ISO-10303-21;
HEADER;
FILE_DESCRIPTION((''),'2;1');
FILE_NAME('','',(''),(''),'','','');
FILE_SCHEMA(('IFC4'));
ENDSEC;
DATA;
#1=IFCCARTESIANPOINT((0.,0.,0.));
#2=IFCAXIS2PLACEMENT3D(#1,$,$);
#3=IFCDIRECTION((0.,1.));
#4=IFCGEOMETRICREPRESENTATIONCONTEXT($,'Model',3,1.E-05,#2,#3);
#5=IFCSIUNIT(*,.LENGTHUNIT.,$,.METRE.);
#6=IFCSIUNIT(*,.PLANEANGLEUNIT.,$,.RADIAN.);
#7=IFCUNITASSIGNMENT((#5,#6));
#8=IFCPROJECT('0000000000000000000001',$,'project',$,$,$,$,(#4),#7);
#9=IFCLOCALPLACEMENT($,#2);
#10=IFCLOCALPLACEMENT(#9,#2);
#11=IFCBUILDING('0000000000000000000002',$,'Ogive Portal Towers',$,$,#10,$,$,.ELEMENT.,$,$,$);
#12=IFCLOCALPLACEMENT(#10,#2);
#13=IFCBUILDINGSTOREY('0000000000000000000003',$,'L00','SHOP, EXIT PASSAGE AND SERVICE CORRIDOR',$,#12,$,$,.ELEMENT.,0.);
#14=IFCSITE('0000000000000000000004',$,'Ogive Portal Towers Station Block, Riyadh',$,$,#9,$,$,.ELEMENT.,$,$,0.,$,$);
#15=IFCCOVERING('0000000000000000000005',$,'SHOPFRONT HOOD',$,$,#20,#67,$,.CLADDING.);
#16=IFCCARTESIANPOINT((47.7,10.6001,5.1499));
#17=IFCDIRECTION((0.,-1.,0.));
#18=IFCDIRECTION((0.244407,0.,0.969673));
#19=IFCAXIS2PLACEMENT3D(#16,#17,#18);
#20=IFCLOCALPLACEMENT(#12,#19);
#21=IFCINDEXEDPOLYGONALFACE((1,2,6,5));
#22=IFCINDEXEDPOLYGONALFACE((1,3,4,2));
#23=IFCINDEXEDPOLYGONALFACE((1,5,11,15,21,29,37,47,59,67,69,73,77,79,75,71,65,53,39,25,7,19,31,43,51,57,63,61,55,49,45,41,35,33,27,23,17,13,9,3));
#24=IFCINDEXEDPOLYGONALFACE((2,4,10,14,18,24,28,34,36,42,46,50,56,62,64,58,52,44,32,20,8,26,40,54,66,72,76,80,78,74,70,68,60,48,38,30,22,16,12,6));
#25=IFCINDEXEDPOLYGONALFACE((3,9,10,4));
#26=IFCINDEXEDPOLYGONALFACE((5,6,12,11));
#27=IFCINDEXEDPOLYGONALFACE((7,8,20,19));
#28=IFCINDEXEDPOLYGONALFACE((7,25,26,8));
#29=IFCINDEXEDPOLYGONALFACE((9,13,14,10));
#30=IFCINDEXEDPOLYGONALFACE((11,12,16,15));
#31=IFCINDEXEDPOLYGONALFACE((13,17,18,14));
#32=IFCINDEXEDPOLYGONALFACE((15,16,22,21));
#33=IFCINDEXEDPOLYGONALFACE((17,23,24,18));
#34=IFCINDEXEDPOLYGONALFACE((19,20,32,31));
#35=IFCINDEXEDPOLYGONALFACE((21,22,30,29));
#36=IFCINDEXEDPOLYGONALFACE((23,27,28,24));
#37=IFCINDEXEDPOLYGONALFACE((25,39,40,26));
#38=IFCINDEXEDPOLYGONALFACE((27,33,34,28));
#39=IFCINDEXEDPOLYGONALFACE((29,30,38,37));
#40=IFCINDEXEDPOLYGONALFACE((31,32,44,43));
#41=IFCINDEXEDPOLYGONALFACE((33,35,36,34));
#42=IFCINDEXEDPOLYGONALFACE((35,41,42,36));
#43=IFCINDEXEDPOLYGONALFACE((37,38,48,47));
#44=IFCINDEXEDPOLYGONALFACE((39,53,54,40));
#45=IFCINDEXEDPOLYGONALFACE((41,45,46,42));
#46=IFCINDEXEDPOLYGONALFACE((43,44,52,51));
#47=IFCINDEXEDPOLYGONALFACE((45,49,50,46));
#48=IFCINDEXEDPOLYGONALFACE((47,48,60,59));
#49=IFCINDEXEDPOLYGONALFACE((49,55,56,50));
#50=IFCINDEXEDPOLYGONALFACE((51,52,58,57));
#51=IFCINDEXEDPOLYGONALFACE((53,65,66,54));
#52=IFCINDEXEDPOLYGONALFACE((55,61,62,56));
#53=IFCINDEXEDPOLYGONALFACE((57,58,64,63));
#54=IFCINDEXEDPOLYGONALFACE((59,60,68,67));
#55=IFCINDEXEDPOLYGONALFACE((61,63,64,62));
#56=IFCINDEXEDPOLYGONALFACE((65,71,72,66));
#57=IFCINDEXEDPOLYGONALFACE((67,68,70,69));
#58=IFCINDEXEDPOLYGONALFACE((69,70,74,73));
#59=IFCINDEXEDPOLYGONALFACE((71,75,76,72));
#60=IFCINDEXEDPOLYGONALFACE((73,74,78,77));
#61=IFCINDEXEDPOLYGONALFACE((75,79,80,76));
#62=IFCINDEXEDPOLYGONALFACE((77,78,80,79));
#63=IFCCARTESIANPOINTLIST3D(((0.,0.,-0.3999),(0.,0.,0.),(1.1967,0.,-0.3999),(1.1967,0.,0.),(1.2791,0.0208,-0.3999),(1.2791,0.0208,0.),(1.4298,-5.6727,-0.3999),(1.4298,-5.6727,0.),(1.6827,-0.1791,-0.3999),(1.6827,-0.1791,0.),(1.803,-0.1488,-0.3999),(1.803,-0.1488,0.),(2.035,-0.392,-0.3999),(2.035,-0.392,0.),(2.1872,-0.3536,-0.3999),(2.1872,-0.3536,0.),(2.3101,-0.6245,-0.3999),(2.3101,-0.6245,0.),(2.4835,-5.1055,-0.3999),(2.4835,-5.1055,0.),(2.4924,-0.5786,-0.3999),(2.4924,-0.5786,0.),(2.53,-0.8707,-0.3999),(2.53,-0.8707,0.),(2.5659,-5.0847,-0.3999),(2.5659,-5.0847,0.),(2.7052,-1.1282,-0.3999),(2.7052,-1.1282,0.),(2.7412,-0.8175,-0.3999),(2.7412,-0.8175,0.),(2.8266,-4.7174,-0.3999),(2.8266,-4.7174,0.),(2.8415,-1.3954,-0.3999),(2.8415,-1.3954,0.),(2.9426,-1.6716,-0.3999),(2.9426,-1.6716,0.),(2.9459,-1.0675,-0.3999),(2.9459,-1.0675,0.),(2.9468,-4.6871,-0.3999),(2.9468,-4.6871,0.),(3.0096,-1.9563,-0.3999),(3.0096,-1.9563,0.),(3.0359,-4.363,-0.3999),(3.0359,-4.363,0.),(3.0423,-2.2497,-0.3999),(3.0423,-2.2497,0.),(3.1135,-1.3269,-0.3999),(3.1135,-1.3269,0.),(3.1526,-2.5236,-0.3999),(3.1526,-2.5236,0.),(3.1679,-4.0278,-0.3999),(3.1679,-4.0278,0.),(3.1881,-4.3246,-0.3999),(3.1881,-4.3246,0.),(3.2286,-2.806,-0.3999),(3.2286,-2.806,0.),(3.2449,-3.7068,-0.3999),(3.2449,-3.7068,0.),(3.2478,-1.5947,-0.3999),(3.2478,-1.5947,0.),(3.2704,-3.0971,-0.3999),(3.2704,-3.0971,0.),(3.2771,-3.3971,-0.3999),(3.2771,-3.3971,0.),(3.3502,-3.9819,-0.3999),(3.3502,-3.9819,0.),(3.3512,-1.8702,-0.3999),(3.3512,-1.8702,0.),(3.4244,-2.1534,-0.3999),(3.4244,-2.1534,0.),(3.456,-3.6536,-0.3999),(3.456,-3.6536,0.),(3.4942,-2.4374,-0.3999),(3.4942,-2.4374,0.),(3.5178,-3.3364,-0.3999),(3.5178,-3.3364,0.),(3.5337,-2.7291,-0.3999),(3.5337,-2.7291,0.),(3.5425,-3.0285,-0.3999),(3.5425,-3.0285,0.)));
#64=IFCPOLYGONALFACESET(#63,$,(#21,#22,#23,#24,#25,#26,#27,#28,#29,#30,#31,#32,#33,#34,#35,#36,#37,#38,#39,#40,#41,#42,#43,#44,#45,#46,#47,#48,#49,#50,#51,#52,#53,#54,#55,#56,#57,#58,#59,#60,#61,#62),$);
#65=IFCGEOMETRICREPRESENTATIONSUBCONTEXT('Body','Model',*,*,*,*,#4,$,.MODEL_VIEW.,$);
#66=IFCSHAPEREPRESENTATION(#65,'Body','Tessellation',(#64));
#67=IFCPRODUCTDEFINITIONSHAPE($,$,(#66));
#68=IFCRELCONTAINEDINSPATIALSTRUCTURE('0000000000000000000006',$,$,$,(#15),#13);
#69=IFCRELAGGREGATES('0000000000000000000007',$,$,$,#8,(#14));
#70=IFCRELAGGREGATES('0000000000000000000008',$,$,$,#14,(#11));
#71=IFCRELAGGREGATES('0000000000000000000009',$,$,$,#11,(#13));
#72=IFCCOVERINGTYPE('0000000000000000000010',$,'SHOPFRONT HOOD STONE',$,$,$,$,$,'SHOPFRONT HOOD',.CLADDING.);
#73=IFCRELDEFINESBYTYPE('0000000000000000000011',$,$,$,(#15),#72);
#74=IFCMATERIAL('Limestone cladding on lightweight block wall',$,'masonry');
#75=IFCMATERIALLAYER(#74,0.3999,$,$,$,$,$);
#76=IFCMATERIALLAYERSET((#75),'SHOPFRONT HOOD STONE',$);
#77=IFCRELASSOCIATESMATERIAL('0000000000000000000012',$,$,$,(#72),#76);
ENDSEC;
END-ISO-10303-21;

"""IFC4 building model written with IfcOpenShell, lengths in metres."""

from ifc_helpers import new_model, si_unit, direction, frame, origin, place, context, subcontext, project, spatial, polyline, outline, extrude, material, layer, layer_set, type_object, element, save


model = new_model("IFC4")

# Units and contexts
model_context = context("Model", 3, precision=1e-05, world=origin(), true_north=direction((0.0, 1.0)))
body_context = subcontext(model_context, "Body", "Model", "MODEL_VIEW")
ifc_project = project(units=[si_unit("LENGTHUNIT", "METRE"), si_unit("PLANEANGLEUNIT", "RADIAN")], contexts=[model_context])

# Site, building, storey
site_placement = place(None, origin())
site = spatial("IfcSite", under=ifc_project, at=site_placement, Name="Ogive Portal Towers Station Block, Riyadh", CompositionType="ELEMENT", RefElevation=0.0)
building_placement = place(site_placement, origin())
building = spatial("IfcBuilding", under=site, at=building_placement, Name="Ogive Portal Towers", CompositionType="ELEMENT")
storey_placement = place(building_placement, origin())
storey = spatial("IfcBuildingStorey", under=building, at=storey_placement, Name="L00", Description="SHOP, EXIT PASSAGE AND SERVICE CORRIDOR", CompositionType="ELEMENT", Elevation=0.0)

# Covering
ifc_material_1 = material(Name="Limestone cladding on lightweight block wall", Category="masonry")
ifc_layer_1 = layer(ifc_material_1, 0.3999)
ifc_layer_set_1 = layer_set([ifc_layer_1], Name="SHOPFRONT HOOD STONE")
covering_type_1 = type_object("IfcCoveringType", Name="SHOPFRONT HOOD STONE", ElementType="SHOPFRONT HOOD", PredefinedType="CLADDING", material=ifc_layer_set_1)
covering_1_placement = place(storey_placement, frame((47.7, 10.6001, 5.1499), z_axis=(0.0, -1.0, 0.0), x_axis=(0.244407, 0.0, 0.969673)))
element("IfcCovering", 1, at=covering_1_placement, inside=storey, type_object=covering_type_1, Name="SHOPFRONT HOOD", PredefinedType="CLADDING", context=body_context, shape_type="SweptSolid", body=[
    extrude(outline(polyline([(0.0, 0.0), (1.1967, 0.0), (1.6827, -0.1791), (2.035, -0.392), (2.3101, -0.6245), (2.53, -0.8707), (2.7052, -1.1282), (2.8415, -1.3954), (2.9426, -1.6716), (3.0096, -1.9563), (3.0423, -2.2497), (3.1526, -2.5236), (3.2286, -2.806), (3.2704, -3.0971), (3.2771, -3.3971), (3.2449, -3.7068), (3.1679, -4.0278), (3.0359, -4.363), (2.8266, -4.7174), (2.4835, -5.1055), (1.4298, -5.6727), (1.4298, -5.6727), (2.5659, -5.0847), (2.9468, -4.6871), (3.1881, -4.3246), (3.3502, -3.9819), (3.456, -3.6536), (3.5178, -3.3364), (3.5425, -3.0285), (3.5337, -2.7291), (3.4942, -2.4374), (3.4244, -2.1534), (3.3512, -1.8702), (3.2478, -1.5947), (3.1135, -1.3269), (2.9459, -1.0675), (2.7412, -0.8175), (2.4924, -0.5786), (2.1872, -0.3536), (1.803, -0.1488), (1.2791, 0.0208), (0.0, 0.0), (0.0, 0.0)])), origin(), (0.0, 0.0, -1.0), 0.3999),
])

save(model, "model.ifc")
